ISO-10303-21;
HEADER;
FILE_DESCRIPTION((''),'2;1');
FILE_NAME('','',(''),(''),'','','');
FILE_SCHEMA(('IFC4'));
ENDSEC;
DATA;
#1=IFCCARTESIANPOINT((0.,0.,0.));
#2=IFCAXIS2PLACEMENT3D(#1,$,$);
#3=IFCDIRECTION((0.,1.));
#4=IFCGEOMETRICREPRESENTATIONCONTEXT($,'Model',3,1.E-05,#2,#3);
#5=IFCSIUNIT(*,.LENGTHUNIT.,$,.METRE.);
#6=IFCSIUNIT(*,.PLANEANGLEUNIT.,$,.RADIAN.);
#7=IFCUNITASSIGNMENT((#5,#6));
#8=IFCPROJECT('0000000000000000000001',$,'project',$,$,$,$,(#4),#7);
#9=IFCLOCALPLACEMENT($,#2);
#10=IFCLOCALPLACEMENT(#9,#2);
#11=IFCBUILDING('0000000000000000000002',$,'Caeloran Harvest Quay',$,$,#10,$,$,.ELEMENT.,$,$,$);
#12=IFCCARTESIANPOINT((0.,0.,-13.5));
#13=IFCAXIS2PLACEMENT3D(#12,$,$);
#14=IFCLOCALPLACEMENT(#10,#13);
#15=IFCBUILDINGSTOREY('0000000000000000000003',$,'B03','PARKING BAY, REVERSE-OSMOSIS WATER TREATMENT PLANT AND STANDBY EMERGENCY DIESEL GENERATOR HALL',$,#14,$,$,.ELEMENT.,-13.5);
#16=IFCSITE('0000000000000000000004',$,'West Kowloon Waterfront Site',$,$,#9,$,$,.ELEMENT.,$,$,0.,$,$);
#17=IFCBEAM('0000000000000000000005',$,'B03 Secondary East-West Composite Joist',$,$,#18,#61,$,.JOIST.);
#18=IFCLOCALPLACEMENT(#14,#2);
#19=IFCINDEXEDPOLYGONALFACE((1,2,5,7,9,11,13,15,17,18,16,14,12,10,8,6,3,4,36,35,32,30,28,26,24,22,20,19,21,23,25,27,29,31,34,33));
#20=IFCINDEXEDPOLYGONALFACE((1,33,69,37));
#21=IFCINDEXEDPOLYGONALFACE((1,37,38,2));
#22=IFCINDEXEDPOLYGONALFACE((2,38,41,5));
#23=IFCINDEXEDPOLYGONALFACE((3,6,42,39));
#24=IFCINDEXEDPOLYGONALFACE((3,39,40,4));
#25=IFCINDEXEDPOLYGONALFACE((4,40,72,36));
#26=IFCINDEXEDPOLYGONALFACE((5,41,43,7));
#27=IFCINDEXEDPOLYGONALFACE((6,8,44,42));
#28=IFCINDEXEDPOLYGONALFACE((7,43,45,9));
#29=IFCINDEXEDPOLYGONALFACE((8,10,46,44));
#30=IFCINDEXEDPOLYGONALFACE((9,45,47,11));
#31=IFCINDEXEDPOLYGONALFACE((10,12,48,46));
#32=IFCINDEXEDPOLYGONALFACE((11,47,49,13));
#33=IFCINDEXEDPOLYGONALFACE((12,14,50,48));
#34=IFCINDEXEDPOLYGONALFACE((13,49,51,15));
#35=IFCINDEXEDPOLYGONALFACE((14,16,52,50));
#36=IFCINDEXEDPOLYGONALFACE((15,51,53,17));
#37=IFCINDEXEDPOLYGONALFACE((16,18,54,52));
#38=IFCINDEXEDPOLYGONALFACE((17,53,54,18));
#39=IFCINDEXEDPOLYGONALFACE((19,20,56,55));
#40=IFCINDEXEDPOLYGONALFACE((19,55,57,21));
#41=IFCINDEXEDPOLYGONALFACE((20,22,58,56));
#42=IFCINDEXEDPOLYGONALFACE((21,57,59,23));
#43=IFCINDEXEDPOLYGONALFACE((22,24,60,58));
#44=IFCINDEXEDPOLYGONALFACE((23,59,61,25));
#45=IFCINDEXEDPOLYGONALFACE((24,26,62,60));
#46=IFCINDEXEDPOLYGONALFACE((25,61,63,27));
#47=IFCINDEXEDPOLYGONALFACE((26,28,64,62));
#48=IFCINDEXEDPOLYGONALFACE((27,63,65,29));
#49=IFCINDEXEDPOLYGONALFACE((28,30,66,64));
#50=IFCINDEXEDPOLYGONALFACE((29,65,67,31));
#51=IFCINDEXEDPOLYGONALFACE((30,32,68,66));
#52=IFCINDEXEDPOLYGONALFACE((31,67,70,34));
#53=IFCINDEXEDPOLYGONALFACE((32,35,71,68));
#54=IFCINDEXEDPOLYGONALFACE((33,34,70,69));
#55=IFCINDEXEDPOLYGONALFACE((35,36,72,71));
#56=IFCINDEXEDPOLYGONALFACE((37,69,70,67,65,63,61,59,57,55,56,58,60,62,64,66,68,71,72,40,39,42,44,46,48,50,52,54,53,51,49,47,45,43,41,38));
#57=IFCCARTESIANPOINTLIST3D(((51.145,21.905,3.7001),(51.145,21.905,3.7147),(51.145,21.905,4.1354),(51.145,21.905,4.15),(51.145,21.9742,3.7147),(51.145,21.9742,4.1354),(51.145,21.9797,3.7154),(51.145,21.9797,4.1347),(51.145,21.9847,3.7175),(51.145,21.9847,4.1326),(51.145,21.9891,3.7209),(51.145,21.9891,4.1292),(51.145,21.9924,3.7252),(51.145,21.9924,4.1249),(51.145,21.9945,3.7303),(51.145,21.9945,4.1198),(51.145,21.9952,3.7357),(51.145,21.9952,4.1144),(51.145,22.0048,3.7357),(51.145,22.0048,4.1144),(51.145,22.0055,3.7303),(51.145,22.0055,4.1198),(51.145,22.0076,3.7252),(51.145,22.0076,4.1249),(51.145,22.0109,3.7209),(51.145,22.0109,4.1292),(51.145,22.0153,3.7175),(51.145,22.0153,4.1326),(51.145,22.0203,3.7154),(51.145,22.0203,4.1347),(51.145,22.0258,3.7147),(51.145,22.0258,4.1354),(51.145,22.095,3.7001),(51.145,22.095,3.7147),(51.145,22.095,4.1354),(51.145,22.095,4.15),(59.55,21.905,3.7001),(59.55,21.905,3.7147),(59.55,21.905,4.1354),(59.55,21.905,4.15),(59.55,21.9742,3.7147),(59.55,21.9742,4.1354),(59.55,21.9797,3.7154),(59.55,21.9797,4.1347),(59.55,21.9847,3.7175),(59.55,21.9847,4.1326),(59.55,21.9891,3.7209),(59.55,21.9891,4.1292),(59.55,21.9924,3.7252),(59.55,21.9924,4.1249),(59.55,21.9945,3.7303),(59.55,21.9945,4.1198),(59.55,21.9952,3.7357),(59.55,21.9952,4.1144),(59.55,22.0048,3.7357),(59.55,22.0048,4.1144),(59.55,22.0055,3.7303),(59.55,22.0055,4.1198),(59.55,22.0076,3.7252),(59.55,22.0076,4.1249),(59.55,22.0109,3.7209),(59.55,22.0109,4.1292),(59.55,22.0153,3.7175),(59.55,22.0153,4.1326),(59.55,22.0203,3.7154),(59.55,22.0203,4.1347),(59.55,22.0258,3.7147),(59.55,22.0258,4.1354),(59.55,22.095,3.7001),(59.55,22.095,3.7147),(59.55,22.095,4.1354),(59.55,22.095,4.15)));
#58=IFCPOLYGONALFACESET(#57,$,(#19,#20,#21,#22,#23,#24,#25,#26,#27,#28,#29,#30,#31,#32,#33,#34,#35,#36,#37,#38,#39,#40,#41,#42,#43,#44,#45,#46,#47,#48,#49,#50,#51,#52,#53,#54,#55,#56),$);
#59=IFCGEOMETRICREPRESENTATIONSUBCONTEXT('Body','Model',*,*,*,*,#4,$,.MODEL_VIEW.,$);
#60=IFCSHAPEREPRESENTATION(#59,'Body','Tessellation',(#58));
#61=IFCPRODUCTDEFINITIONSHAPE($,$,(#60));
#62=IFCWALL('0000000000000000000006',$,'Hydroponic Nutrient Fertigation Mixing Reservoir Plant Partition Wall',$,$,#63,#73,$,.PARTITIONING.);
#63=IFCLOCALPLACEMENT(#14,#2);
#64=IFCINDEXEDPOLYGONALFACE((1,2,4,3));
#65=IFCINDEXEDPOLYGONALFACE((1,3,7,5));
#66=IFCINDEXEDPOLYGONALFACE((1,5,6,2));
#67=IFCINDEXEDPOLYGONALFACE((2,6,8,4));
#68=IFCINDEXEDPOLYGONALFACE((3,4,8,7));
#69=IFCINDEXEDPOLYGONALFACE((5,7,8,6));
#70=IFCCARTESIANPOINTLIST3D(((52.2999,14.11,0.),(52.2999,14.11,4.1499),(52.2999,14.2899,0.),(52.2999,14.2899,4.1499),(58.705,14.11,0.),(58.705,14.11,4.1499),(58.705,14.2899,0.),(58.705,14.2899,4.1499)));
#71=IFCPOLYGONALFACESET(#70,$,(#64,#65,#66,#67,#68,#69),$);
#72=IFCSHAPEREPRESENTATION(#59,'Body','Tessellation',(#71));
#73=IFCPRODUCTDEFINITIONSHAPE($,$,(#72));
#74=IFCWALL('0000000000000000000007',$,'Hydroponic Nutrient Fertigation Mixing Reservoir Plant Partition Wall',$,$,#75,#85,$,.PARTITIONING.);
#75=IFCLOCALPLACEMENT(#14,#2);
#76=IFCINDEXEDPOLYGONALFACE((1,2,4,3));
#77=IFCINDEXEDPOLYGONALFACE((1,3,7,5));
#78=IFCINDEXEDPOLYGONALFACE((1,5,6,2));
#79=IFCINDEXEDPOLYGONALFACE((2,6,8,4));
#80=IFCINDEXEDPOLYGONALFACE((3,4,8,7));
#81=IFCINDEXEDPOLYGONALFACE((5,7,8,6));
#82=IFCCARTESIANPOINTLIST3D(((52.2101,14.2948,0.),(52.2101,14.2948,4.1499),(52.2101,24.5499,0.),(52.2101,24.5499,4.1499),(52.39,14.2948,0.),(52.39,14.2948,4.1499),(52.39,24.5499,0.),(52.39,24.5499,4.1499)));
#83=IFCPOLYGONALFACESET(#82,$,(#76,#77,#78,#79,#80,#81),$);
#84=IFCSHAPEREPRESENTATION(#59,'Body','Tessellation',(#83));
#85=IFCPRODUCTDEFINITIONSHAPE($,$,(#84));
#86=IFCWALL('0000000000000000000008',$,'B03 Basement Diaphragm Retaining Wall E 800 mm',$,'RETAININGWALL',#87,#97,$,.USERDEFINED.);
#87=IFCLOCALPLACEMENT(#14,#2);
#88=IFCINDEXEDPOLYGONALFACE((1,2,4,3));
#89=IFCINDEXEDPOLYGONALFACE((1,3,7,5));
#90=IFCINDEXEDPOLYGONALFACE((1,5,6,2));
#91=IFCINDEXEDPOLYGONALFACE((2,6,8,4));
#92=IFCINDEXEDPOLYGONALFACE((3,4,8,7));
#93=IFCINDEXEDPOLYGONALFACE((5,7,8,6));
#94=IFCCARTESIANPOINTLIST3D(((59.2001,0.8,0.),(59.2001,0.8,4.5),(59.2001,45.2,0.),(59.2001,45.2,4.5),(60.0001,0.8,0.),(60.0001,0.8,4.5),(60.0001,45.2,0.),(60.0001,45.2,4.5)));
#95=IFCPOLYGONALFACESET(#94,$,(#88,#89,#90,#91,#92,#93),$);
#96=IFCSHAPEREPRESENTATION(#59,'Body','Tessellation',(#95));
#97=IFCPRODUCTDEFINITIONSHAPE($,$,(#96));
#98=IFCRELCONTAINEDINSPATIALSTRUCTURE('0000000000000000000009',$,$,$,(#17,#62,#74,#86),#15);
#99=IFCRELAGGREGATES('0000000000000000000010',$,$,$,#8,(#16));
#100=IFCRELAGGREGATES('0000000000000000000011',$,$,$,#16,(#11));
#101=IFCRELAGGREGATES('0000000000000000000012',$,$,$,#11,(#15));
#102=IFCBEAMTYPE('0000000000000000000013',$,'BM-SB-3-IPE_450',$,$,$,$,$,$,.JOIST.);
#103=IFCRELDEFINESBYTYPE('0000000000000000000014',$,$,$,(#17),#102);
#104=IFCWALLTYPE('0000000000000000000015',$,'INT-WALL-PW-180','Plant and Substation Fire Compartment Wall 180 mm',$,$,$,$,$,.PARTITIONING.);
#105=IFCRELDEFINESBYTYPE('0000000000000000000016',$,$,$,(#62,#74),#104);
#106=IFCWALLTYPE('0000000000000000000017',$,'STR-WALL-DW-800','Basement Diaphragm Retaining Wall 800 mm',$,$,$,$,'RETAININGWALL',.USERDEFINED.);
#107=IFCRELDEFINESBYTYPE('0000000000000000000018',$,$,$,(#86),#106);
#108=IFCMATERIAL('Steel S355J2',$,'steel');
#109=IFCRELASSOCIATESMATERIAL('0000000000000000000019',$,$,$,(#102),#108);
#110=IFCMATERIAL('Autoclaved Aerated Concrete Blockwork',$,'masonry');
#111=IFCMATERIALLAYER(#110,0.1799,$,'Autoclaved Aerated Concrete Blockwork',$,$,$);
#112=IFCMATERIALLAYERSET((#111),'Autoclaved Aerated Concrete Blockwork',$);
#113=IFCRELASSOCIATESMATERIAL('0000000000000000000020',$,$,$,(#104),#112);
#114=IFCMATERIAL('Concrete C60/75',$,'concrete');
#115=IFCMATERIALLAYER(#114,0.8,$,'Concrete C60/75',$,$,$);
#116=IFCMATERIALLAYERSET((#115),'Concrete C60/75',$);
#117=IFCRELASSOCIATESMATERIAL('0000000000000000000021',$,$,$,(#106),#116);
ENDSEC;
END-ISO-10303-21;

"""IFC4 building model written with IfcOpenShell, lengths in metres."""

from ifc_helpers import new_model, si_unit, direction, frame, frame_2d, origin, origin_2d, place, context, subcontext, project, spatial, rectangle, i_section, extrude, material, layer, layer_set, material_profile, profile_set, type_object, element, save


model = new_model("IFC4")

# Units and contexts
model_context = context("Model", 3, precision=1e-05, world=origin(), true_north=direction((0.0, 1.0)))
body_context = subcontext(model_context, "Body", "Model", "MODEL_VIEW")
ifc_project = project(units=[si_unit("LENGTHUNIT", "METRE"), si_unit("PLANEANGLEUNIT", "RADIAN")], contexts=[model_context])

# Site, building, storey
site_placement = place(None, origin())
site = spatial("IfcSite", under=ifc_project, at=site_placement, Name="West Kowloon Waterfront Site", CompositionType="ELEMENT", RefElevation=0.0)
building_placement = place(site_placement, origin())
building = spatial("IfcBuilding", under=site, at=building_placement, Name="Caeloran Harvest Quay", CompositionType="ELEMENT")
storey_placement = place(building_placement, frame((0.0, 0.0, -13.5)))
storey = spatial("IfcBuildingStorey", under=building, at=storey_placement, Name="B03", Description="PARKING BAY, REVERSE-OSMOSIS WATER TREATMENT PLANT AND STANDBY EMERGENCY DIESEL GENERATOR HALL", CompositionType="ELEMENT", Elevation=-13.5)

# Shared definitions
ifc_material_1 = material(Name="Concrete C60/75", Category="concrete")

# Beam
ifc_material_2 = material(Name="Steel S355J2", Category="steel")
ifc_material_profile_1 = material_profile(ifc_material_2, i_section(OverallWidth=0.1899, OverallDepth=0.45, WebThickness=0.0095, FlangeThickness=0.0146, FilletRadius=0.021, at=origin_2d()), Name="IPE 450")
ifc_profile_set_1 = profile_set([ifc_material_profile_1], Name="Steel S355J2")
beam_type_1 = type_object("IfcBeamType", Name="BM-SB-3-IPE_450", PredefinedType="JOIST", material=ifc_profile_set_1)
for number, where, z_axis, x_axis, name in (
    (1, (51.145, 22.0, 3.925), (1.0, 0.0, 0.0), (0.0, 1.0, 0.0), "B03 Secondary East-West Composite Joist"),
):
    element("IfcBeam", number, at=place(storey_placement, frame(where, z_axis=z_axis, x_axis=x_axis)), inside=storey, type_object=beam_type_1, Name=name, PredefinedType="JOIST", context=body_context, shape_type="SweptSolid", body=[
        extrude(i_section(OverallWidth=0.1899, OverallDepth=0.45, WebThickness=0.0095, FlangeThickness=0.0146, FilletRadius=0.021, at=origin_2d()), origin(), (0.0, 0.0, 1.0), 8.405),
    ])

# Walls
ifc_material_3 = material(Name="Autoclaved Aerated Concrete Blockwork", Category="masonry")
ifc_layer_1 = layer(ifc_material_3, 0.1799, Name="Autoclaved Aerated Concrete Blockwork")
ifc_layer_set_1 = layer_set([ifc_layer_1], Name="Autoclaved Aerated Concrete Blockwork")
wall_type_1 = type_object("IfcWallType", Name="INT-WALL-PW-180", Description="Plant and Substation Fire Compartment Wall 180 mm", PredefinedType="PARTITIONING", material=ifc_layer_set_1)
wall_1_placement = place(storey_placement, frame((58.7051, 14.2, 0.0), z_axis=(0.0, 0.0, 1.0), x_axis=(-1.0, 0.0, 0.0)))
element("IfcWall", 2, at=wall_1_placement, inside=storey, type_object=wall_type_1, Name="Hydroponic Nutrient Fertigation Mixing Reservoir Plant Partition Wall", PredefinedType="PARTITIONING", context=body_context, shape_type="SweptSolid", body=[
    extrude(rectangle(XDim=6.405, YDim=0.1799, at=frame_2d((3.2026, 0.0))), origin(), (0.0, 0.0, 1.0), 4.1499),
])
wall_2_placement = place(storey_placement, frame((52.3, 14.2949, 0.0), z_axis=(0.0, 0.0, 1.0), x_axis=(0.0, 1.0, 0.0)))
element("IfcWall", 3, at=wall_2_placement, inside=storey, type_object=wall_type_1, Name="Hydroponic Nutrient Fertigation Mixing Reservoir Plant Partition Wall", PredefinedType="PARTITIONING", context=body_context, shape_type="SweptSolid", body=[
    extrude(rectangle(XDim=10.2551, YDim=0.1799, at=frame_2d((5.1274, 0.0))), origin(), (0.0, 0.0, 1.0), 4.1499),
])
ifc_layer_2 = layer(ifc_material_1, 0.8, Name="Concrete C60/75")
ifc_layer_set_2 = layer_set([ifc_layer_2], Name="Concrete C60/75")
wall_type_2 = type_object("IfcWallType", Name="STR-WALL-DW-800", Description="Basement Diaphragm Retaining Wall 800 mm", ElementType="RETAININGWALL", PredefinedType="USERDEFINED", material=ifc_layer_set_2)
wall_3_placement = place(storey_placement, frame((59.6001, 0.8, 0.0), z_axis=(0.0, 0.0, 1.0), x_axis=(0.0, 1.0, 0.0)))
element("IfcWall", 4, at=wall_3_placement, inside=storey, type_object=wall_type_2, Name="B03 Basement Diaphragm Retaining Wall E 800 mm", ObjectType="RETAININGWALL", PredefinedType="USERDEFINED", context=body_context, shape_type="SweptSolid", body=[
    extrude(rectangle(XDim=44.3999, YDim=0.8, at=frame_2d((22.2, 0.0))), origin(), (0.0, 0.0, 1.0), 4.5),
])

save(model, "model.ifc")
